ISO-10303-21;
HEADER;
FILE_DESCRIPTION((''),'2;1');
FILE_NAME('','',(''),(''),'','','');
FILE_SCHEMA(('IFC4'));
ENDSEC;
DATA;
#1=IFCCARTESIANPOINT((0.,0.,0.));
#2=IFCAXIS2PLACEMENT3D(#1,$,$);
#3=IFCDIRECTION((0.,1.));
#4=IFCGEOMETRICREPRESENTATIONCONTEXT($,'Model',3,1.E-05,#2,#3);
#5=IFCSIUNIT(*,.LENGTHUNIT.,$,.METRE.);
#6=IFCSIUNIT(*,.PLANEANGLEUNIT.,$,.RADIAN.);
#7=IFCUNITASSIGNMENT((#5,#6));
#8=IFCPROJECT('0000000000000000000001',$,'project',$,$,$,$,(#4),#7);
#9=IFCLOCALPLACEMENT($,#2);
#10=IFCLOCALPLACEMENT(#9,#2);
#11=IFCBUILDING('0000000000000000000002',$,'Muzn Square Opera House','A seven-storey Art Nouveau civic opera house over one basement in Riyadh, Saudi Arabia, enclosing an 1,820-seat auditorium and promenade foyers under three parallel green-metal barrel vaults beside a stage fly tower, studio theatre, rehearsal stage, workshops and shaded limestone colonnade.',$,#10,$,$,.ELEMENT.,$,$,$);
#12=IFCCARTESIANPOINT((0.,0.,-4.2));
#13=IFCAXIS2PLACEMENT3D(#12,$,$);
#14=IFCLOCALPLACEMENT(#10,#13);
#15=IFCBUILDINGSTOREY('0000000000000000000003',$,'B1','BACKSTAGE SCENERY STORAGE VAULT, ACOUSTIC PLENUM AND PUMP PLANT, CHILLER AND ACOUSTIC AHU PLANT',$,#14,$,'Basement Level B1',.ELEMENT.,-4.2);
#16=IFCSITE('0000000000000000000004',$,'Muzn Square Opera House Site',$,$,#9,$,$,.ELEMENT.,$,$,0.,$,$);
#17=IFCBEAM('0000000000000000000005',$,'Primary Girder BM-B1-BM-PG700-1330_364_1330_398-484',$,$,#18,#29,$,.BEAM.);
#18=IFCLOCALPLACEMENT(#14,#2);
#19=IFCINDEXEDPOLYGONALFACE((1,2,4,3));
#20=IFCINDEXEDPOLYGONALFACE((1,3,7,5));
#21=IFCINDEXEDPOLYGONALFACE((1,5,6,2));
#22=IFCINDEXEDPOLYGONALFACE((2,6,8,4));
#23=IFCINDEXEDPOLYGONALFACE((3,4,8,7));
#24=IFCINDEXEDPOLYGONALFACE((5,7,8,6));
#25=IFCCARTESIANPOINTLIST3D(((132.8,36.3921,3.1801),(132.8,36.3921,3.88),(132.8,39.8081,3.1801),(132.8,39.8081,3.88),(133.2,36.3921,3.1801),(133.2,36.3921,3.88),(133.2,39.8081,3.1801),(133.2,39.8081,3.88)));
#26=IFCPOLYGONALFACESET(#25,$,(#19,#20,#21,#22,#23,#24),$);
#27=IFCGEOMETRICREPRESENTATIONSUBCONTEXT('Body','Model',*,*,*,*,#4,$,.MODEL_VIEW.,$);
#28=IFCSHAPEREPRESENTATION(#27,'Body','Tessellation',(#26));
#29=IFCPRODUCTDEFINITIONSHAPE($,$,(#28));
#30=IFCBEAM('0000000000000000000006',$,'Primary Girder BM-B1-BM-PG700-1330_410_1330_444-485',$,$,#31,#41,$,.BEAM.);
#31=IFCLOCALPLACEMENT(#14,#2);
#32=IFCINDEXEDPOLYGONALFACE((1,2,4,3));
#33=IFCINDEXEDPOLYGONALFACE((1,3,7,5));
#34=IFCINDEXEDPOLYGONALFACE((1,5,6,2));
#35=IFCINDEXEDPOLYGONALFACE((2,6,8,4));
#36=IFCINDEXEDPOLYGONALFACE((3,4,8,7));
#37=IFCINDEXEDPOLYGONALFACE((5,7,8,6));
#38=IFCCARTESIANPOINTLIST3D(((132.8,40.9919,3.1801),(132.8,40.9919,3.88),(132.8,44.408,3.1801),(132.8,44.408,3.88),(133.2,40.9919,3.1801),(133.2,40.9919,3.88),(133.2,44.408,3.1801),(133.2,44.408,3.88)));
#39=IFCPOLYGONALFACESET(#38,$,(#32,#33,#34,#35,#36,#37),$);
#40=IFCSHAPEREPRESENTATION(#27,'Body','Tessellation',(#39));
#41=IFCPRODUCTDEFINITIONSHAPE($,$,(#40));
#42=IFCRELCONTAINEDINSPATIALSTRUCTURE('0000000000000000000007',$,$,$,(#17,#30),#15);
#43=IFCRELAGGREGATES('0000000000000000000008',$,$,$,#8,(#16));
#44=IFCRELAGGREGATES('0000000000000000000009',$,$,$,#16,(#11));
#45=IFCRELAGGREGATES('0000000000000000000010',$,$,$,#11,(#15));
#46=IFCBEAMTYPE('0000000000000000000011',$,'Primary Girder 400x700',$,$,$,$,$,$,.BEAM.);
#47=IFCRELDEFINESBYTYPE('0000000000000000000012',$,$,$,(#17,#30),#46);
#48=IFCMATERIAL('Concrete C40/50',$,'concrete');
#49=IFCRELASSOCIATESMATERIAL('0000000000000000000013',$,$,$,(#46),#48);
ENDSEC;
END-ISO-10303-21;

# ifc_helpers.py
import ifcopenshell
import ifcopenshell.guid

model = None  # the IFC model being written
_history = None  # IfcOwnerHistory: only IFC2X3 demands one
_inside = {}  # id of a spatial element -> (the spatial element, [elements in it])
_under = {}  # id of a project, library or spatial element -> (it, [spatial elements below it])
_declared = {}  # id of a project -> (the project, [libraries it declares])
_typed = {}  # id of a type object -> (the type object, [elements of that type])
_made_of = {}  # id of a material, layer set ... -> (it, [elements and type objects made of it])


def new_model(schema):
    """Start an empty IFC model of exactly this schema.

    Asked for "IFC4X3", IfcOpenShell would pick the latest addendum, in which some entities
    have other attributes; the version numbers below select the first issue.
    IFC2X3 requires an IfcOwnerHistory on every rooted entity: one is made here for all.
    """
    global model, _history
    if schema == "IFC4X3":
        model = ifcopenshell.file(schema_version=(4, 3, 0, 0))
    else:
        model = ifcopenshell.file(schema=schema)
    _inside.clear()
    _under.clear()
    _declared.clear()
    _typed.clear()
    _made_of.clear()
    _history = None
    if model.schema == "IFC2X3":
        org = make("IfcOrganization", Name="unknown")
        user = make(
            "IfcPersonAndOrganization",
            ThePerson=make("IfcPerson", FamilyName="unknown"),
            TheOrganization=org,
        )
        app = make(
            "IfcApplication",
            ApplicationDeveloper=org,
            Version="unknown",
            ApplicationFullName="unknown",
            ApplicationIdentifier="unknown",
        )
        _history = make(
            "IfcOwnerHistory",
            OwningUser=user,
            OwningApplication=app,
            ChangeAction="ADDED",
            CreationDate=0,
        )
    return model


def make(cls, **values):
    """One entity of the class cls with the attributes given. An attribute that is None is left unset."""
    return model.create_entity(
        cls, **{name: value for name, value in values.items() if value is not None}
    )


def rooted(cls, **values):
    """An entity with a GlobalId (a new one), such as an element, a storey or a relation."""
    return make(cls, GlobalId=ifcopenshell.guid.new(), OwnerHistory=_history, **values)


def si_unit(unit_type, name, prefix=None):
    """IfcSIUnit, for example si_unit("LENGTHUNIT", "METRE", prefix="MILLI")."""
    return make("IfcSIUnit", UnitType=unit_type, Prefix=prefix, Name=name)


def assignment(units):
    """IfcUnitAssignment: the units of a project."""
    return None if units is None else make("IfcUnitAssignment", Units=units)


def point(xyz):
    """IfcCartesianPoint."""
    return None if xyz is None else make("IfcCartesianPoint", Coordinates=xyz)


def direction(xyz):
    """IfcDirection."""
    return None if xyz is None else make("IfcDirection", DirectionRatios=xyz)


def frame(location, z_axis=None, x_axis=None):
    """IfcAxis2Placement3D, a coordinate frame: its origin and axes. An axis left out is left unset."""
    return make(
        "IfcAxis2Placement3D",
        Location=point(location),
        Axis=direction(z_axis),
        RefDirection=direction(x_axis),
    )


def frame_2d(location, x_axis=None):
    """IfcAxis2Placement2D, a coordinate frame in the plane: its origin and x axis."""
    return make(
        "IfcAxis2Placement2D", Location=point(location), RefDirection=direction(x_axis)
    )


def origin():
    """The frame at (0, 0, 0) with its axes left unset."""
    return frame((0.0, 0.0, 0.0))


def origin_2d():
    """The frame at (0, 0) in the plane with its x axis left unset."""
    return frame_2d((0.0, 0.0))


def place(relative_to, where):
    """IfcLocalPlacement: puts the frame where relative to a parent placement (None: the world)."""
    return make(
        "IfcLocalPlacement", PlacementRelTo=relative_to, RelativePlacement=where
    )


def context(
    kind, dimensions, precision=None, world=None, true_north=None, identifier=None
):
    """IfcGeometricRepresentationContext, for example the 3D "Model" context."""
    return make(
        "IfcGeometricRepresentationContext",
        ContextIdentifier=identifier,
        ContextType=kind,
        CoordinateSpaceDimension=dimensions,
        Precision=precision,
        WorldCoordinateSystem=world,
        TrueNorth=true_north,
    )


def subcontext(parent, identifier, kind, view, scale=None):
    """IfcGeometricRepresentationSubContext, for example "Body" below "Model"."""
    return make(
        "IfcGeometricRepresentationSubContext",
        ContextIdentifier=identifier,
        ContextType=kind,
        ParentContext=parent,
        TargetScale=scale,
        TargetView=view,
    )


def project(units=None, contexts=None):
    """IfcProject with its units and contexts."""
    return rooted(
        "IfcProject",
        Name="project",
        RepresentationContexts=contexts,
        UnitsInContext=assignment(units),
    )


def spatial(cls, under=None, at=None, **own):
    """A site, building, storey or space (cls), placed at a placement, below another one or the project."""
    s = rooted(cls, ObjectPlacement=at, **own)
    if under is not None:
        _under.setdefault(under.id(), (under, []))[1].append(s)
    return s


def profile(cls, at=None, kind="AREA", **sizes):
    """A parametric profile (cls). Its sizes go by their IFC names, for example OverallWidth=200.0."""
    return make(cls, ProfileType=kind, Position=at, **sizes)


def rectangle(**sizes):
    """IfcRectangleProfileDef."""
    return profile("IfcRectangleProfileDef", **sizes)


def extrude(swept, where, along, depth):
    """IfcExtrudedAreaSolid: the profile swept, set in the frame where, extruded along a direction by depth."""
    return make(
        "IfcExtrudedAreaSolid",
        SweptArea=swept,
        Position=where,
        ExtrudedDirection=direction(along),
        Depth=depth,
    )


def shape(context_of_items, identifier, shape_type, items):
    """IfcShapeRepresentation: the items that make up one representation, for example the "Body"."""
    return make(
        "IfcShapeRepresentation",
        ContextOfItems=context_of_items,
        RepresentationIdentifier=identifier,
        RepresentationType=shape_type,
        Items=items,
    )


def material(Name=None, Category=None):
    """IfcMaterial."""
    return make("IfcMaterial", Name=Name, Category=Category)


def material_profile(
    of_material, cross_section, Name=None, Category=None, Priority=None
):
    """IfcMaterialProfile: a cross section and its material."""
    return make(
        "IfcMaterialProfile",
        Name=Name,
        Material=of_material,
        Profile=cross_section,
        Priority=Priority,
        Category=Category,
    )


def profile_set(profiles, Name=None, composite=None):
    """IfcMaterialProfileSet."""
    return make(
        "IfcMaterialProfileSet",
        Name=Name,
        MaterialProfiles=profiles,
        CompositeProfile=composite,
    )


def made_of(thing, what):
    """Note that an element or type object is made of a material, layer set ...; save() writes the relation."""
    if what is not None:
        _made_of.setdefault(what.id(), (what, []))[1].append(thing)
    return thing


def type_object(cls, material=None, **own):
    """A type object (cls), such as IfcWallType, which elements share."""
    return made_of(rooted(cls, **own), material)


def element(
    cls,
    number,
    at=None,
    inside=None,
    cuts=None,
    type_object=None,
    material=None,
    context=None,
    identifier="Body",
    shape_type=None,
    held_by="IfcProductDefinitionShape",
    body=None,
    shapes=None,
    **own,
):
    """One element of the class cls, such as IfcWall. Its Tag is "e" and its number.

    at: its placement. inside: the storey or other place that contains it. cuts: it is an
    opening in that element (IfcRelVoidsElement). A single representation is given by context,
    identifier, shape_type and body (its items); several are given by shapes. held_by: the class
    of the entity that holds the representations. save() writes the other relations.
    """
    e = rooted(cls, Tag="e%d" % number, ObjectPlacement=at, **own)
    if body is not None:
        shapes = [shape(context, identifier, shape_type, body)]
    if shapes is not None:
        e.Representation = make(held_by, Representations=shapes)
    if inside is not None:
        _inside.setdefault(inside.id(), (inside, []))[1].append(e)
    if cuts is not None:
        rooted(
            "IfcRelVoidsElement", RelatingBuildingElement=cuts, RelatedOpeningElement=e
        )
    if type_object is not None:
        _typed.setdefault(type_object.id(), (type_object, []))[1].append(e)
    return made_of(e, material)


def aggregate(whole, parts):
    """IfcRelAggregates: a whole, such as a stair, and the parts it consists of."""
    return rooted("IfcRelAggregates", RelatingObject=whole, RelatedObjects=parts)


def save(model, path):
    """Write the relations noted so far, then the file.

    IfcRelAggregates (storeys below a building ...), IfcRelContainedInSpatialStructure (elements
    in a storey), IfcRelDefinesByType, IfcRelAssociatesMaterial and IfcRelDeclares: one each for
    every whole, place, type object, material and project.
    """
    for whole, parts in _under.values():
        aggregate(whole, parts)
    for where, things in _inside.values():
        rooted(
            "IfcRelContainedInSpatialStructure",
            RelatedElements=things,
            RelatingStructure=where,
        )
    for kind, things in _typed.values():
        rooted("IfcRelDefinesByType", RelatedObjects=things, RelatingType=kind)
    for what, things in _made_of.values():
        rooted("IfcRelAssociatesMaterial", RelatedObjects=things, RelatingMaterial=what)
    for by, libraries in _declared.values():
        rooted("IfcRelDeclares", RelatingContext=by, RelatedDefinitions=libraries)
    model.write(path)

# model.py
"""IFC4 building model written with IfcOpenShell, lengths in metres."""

from ifc_helpers import new_model, si_unit, direction, frame, origin, origin_2d, place, context, subcontext, project, spatial, rectangle, extrude, material, material_profile, profile_set, type_object, element, save


model = new_model("IFC4")

# Units and contexts
model_context = context("Model", 3, precision=1e-05, world=origin(), true_north=direction((0.0, 1.0)))
body_context = subcontext(model_context, "Body", "Model", "MODEL_VIEW")
ifc_project = project(units=[si_unit("LENGTHUNIT", "METRE"), si_unit("PLANEANGLEUNIT", "RADIAN")], contexts=[model_context])

# Site, building, storey
site_placement = place(None, origin())
site = spatial("IfcSite", under=ifc_project, at=site_placement, Name="Muzn Square Opera House Site", CompositionType="ELEMENT", RefElevation=0.0)
building_placement = place(site_placement, origin())
building = spatial("IfcBuilding", under=site, at=building_placement, Name="Muzn Square Opera House", Description="A seven-storey Art Nouveau civic opera house over one basement in Riyadh, Saudi Arabia, enclosing an 1,820-seat auditorium and promenade foyers under three parallel green-metal barrel vaults beside a stage fly tower, studio theatre, rehearsal stage, workshops and shaded limestone colonnade.", CompositionType="ELEMENT")
storey_placement = place(building_placement, frame((0.0, 0.0, -4.2)))
storey = spatial("IfcBuildingStorey", under=building, at=storey_placement, Name="B1", Description="BACKSTAGE SCENERY STORAGE VAULT, ACOUSTIC PLENUM AND PUMP PLANT, CHILLER AND ACOUSTIC AHU PLANT", LongName="Basement Level B1", CompositionType="ELEMENT", Elevation=-4.2)

# Shared definitions
ifc_material_1 = material(Name="Concrete C40/50", Category="concrete")

# Beams
ifc_material_profile_1 = material_profile(ifc_material_1, rectangle(XDim=0.3999, YDim=0.7, at=origin_2d()), Name="RCB 400x700", Category="concrete")
ifc_profile_set_1 = profile_set([ifc_material_profile_1], Name="Concrete C40/50")
beam_type = type_object("IfcBeamType", Name="Primary Girder 400x700", PredefinedType="BEAM", material=ifc_profile_set_1)
for number, where, z_axis, x_axis, name in (
    (1, (133.0, 36.3921, 3.53), (0.0, 1.0, 0.0), (-1.0, 0.0, 0.0), "Primary Girder BM-B1-BM-PG700-1330_364_1330_398-484"),
    (2, (133.0, 40.9919, 3.53), (0.0, 1.0, 0.0), (-1.0, 0.0, 0.0), "Primary Girder BM-B1-BM-PG700-1330_410_1330_444-485"),
):
    element("IfcBeam", number, at=place(storey_placement, frame(where, z_axis=z_axis, x_axis=x_axis)), inside=storey, type_object=beam_type, Name=name, PredefinedType="BEAM", context=body_context, shape_type="SweptSolid", body=[
        extrude(rectangle(XDim=0.3999, YDim=0.7, at=origin_2d()), origin(), (0.0, 0.0, 1.0), 3.416),
    ])

save(model, "model.ifc")
